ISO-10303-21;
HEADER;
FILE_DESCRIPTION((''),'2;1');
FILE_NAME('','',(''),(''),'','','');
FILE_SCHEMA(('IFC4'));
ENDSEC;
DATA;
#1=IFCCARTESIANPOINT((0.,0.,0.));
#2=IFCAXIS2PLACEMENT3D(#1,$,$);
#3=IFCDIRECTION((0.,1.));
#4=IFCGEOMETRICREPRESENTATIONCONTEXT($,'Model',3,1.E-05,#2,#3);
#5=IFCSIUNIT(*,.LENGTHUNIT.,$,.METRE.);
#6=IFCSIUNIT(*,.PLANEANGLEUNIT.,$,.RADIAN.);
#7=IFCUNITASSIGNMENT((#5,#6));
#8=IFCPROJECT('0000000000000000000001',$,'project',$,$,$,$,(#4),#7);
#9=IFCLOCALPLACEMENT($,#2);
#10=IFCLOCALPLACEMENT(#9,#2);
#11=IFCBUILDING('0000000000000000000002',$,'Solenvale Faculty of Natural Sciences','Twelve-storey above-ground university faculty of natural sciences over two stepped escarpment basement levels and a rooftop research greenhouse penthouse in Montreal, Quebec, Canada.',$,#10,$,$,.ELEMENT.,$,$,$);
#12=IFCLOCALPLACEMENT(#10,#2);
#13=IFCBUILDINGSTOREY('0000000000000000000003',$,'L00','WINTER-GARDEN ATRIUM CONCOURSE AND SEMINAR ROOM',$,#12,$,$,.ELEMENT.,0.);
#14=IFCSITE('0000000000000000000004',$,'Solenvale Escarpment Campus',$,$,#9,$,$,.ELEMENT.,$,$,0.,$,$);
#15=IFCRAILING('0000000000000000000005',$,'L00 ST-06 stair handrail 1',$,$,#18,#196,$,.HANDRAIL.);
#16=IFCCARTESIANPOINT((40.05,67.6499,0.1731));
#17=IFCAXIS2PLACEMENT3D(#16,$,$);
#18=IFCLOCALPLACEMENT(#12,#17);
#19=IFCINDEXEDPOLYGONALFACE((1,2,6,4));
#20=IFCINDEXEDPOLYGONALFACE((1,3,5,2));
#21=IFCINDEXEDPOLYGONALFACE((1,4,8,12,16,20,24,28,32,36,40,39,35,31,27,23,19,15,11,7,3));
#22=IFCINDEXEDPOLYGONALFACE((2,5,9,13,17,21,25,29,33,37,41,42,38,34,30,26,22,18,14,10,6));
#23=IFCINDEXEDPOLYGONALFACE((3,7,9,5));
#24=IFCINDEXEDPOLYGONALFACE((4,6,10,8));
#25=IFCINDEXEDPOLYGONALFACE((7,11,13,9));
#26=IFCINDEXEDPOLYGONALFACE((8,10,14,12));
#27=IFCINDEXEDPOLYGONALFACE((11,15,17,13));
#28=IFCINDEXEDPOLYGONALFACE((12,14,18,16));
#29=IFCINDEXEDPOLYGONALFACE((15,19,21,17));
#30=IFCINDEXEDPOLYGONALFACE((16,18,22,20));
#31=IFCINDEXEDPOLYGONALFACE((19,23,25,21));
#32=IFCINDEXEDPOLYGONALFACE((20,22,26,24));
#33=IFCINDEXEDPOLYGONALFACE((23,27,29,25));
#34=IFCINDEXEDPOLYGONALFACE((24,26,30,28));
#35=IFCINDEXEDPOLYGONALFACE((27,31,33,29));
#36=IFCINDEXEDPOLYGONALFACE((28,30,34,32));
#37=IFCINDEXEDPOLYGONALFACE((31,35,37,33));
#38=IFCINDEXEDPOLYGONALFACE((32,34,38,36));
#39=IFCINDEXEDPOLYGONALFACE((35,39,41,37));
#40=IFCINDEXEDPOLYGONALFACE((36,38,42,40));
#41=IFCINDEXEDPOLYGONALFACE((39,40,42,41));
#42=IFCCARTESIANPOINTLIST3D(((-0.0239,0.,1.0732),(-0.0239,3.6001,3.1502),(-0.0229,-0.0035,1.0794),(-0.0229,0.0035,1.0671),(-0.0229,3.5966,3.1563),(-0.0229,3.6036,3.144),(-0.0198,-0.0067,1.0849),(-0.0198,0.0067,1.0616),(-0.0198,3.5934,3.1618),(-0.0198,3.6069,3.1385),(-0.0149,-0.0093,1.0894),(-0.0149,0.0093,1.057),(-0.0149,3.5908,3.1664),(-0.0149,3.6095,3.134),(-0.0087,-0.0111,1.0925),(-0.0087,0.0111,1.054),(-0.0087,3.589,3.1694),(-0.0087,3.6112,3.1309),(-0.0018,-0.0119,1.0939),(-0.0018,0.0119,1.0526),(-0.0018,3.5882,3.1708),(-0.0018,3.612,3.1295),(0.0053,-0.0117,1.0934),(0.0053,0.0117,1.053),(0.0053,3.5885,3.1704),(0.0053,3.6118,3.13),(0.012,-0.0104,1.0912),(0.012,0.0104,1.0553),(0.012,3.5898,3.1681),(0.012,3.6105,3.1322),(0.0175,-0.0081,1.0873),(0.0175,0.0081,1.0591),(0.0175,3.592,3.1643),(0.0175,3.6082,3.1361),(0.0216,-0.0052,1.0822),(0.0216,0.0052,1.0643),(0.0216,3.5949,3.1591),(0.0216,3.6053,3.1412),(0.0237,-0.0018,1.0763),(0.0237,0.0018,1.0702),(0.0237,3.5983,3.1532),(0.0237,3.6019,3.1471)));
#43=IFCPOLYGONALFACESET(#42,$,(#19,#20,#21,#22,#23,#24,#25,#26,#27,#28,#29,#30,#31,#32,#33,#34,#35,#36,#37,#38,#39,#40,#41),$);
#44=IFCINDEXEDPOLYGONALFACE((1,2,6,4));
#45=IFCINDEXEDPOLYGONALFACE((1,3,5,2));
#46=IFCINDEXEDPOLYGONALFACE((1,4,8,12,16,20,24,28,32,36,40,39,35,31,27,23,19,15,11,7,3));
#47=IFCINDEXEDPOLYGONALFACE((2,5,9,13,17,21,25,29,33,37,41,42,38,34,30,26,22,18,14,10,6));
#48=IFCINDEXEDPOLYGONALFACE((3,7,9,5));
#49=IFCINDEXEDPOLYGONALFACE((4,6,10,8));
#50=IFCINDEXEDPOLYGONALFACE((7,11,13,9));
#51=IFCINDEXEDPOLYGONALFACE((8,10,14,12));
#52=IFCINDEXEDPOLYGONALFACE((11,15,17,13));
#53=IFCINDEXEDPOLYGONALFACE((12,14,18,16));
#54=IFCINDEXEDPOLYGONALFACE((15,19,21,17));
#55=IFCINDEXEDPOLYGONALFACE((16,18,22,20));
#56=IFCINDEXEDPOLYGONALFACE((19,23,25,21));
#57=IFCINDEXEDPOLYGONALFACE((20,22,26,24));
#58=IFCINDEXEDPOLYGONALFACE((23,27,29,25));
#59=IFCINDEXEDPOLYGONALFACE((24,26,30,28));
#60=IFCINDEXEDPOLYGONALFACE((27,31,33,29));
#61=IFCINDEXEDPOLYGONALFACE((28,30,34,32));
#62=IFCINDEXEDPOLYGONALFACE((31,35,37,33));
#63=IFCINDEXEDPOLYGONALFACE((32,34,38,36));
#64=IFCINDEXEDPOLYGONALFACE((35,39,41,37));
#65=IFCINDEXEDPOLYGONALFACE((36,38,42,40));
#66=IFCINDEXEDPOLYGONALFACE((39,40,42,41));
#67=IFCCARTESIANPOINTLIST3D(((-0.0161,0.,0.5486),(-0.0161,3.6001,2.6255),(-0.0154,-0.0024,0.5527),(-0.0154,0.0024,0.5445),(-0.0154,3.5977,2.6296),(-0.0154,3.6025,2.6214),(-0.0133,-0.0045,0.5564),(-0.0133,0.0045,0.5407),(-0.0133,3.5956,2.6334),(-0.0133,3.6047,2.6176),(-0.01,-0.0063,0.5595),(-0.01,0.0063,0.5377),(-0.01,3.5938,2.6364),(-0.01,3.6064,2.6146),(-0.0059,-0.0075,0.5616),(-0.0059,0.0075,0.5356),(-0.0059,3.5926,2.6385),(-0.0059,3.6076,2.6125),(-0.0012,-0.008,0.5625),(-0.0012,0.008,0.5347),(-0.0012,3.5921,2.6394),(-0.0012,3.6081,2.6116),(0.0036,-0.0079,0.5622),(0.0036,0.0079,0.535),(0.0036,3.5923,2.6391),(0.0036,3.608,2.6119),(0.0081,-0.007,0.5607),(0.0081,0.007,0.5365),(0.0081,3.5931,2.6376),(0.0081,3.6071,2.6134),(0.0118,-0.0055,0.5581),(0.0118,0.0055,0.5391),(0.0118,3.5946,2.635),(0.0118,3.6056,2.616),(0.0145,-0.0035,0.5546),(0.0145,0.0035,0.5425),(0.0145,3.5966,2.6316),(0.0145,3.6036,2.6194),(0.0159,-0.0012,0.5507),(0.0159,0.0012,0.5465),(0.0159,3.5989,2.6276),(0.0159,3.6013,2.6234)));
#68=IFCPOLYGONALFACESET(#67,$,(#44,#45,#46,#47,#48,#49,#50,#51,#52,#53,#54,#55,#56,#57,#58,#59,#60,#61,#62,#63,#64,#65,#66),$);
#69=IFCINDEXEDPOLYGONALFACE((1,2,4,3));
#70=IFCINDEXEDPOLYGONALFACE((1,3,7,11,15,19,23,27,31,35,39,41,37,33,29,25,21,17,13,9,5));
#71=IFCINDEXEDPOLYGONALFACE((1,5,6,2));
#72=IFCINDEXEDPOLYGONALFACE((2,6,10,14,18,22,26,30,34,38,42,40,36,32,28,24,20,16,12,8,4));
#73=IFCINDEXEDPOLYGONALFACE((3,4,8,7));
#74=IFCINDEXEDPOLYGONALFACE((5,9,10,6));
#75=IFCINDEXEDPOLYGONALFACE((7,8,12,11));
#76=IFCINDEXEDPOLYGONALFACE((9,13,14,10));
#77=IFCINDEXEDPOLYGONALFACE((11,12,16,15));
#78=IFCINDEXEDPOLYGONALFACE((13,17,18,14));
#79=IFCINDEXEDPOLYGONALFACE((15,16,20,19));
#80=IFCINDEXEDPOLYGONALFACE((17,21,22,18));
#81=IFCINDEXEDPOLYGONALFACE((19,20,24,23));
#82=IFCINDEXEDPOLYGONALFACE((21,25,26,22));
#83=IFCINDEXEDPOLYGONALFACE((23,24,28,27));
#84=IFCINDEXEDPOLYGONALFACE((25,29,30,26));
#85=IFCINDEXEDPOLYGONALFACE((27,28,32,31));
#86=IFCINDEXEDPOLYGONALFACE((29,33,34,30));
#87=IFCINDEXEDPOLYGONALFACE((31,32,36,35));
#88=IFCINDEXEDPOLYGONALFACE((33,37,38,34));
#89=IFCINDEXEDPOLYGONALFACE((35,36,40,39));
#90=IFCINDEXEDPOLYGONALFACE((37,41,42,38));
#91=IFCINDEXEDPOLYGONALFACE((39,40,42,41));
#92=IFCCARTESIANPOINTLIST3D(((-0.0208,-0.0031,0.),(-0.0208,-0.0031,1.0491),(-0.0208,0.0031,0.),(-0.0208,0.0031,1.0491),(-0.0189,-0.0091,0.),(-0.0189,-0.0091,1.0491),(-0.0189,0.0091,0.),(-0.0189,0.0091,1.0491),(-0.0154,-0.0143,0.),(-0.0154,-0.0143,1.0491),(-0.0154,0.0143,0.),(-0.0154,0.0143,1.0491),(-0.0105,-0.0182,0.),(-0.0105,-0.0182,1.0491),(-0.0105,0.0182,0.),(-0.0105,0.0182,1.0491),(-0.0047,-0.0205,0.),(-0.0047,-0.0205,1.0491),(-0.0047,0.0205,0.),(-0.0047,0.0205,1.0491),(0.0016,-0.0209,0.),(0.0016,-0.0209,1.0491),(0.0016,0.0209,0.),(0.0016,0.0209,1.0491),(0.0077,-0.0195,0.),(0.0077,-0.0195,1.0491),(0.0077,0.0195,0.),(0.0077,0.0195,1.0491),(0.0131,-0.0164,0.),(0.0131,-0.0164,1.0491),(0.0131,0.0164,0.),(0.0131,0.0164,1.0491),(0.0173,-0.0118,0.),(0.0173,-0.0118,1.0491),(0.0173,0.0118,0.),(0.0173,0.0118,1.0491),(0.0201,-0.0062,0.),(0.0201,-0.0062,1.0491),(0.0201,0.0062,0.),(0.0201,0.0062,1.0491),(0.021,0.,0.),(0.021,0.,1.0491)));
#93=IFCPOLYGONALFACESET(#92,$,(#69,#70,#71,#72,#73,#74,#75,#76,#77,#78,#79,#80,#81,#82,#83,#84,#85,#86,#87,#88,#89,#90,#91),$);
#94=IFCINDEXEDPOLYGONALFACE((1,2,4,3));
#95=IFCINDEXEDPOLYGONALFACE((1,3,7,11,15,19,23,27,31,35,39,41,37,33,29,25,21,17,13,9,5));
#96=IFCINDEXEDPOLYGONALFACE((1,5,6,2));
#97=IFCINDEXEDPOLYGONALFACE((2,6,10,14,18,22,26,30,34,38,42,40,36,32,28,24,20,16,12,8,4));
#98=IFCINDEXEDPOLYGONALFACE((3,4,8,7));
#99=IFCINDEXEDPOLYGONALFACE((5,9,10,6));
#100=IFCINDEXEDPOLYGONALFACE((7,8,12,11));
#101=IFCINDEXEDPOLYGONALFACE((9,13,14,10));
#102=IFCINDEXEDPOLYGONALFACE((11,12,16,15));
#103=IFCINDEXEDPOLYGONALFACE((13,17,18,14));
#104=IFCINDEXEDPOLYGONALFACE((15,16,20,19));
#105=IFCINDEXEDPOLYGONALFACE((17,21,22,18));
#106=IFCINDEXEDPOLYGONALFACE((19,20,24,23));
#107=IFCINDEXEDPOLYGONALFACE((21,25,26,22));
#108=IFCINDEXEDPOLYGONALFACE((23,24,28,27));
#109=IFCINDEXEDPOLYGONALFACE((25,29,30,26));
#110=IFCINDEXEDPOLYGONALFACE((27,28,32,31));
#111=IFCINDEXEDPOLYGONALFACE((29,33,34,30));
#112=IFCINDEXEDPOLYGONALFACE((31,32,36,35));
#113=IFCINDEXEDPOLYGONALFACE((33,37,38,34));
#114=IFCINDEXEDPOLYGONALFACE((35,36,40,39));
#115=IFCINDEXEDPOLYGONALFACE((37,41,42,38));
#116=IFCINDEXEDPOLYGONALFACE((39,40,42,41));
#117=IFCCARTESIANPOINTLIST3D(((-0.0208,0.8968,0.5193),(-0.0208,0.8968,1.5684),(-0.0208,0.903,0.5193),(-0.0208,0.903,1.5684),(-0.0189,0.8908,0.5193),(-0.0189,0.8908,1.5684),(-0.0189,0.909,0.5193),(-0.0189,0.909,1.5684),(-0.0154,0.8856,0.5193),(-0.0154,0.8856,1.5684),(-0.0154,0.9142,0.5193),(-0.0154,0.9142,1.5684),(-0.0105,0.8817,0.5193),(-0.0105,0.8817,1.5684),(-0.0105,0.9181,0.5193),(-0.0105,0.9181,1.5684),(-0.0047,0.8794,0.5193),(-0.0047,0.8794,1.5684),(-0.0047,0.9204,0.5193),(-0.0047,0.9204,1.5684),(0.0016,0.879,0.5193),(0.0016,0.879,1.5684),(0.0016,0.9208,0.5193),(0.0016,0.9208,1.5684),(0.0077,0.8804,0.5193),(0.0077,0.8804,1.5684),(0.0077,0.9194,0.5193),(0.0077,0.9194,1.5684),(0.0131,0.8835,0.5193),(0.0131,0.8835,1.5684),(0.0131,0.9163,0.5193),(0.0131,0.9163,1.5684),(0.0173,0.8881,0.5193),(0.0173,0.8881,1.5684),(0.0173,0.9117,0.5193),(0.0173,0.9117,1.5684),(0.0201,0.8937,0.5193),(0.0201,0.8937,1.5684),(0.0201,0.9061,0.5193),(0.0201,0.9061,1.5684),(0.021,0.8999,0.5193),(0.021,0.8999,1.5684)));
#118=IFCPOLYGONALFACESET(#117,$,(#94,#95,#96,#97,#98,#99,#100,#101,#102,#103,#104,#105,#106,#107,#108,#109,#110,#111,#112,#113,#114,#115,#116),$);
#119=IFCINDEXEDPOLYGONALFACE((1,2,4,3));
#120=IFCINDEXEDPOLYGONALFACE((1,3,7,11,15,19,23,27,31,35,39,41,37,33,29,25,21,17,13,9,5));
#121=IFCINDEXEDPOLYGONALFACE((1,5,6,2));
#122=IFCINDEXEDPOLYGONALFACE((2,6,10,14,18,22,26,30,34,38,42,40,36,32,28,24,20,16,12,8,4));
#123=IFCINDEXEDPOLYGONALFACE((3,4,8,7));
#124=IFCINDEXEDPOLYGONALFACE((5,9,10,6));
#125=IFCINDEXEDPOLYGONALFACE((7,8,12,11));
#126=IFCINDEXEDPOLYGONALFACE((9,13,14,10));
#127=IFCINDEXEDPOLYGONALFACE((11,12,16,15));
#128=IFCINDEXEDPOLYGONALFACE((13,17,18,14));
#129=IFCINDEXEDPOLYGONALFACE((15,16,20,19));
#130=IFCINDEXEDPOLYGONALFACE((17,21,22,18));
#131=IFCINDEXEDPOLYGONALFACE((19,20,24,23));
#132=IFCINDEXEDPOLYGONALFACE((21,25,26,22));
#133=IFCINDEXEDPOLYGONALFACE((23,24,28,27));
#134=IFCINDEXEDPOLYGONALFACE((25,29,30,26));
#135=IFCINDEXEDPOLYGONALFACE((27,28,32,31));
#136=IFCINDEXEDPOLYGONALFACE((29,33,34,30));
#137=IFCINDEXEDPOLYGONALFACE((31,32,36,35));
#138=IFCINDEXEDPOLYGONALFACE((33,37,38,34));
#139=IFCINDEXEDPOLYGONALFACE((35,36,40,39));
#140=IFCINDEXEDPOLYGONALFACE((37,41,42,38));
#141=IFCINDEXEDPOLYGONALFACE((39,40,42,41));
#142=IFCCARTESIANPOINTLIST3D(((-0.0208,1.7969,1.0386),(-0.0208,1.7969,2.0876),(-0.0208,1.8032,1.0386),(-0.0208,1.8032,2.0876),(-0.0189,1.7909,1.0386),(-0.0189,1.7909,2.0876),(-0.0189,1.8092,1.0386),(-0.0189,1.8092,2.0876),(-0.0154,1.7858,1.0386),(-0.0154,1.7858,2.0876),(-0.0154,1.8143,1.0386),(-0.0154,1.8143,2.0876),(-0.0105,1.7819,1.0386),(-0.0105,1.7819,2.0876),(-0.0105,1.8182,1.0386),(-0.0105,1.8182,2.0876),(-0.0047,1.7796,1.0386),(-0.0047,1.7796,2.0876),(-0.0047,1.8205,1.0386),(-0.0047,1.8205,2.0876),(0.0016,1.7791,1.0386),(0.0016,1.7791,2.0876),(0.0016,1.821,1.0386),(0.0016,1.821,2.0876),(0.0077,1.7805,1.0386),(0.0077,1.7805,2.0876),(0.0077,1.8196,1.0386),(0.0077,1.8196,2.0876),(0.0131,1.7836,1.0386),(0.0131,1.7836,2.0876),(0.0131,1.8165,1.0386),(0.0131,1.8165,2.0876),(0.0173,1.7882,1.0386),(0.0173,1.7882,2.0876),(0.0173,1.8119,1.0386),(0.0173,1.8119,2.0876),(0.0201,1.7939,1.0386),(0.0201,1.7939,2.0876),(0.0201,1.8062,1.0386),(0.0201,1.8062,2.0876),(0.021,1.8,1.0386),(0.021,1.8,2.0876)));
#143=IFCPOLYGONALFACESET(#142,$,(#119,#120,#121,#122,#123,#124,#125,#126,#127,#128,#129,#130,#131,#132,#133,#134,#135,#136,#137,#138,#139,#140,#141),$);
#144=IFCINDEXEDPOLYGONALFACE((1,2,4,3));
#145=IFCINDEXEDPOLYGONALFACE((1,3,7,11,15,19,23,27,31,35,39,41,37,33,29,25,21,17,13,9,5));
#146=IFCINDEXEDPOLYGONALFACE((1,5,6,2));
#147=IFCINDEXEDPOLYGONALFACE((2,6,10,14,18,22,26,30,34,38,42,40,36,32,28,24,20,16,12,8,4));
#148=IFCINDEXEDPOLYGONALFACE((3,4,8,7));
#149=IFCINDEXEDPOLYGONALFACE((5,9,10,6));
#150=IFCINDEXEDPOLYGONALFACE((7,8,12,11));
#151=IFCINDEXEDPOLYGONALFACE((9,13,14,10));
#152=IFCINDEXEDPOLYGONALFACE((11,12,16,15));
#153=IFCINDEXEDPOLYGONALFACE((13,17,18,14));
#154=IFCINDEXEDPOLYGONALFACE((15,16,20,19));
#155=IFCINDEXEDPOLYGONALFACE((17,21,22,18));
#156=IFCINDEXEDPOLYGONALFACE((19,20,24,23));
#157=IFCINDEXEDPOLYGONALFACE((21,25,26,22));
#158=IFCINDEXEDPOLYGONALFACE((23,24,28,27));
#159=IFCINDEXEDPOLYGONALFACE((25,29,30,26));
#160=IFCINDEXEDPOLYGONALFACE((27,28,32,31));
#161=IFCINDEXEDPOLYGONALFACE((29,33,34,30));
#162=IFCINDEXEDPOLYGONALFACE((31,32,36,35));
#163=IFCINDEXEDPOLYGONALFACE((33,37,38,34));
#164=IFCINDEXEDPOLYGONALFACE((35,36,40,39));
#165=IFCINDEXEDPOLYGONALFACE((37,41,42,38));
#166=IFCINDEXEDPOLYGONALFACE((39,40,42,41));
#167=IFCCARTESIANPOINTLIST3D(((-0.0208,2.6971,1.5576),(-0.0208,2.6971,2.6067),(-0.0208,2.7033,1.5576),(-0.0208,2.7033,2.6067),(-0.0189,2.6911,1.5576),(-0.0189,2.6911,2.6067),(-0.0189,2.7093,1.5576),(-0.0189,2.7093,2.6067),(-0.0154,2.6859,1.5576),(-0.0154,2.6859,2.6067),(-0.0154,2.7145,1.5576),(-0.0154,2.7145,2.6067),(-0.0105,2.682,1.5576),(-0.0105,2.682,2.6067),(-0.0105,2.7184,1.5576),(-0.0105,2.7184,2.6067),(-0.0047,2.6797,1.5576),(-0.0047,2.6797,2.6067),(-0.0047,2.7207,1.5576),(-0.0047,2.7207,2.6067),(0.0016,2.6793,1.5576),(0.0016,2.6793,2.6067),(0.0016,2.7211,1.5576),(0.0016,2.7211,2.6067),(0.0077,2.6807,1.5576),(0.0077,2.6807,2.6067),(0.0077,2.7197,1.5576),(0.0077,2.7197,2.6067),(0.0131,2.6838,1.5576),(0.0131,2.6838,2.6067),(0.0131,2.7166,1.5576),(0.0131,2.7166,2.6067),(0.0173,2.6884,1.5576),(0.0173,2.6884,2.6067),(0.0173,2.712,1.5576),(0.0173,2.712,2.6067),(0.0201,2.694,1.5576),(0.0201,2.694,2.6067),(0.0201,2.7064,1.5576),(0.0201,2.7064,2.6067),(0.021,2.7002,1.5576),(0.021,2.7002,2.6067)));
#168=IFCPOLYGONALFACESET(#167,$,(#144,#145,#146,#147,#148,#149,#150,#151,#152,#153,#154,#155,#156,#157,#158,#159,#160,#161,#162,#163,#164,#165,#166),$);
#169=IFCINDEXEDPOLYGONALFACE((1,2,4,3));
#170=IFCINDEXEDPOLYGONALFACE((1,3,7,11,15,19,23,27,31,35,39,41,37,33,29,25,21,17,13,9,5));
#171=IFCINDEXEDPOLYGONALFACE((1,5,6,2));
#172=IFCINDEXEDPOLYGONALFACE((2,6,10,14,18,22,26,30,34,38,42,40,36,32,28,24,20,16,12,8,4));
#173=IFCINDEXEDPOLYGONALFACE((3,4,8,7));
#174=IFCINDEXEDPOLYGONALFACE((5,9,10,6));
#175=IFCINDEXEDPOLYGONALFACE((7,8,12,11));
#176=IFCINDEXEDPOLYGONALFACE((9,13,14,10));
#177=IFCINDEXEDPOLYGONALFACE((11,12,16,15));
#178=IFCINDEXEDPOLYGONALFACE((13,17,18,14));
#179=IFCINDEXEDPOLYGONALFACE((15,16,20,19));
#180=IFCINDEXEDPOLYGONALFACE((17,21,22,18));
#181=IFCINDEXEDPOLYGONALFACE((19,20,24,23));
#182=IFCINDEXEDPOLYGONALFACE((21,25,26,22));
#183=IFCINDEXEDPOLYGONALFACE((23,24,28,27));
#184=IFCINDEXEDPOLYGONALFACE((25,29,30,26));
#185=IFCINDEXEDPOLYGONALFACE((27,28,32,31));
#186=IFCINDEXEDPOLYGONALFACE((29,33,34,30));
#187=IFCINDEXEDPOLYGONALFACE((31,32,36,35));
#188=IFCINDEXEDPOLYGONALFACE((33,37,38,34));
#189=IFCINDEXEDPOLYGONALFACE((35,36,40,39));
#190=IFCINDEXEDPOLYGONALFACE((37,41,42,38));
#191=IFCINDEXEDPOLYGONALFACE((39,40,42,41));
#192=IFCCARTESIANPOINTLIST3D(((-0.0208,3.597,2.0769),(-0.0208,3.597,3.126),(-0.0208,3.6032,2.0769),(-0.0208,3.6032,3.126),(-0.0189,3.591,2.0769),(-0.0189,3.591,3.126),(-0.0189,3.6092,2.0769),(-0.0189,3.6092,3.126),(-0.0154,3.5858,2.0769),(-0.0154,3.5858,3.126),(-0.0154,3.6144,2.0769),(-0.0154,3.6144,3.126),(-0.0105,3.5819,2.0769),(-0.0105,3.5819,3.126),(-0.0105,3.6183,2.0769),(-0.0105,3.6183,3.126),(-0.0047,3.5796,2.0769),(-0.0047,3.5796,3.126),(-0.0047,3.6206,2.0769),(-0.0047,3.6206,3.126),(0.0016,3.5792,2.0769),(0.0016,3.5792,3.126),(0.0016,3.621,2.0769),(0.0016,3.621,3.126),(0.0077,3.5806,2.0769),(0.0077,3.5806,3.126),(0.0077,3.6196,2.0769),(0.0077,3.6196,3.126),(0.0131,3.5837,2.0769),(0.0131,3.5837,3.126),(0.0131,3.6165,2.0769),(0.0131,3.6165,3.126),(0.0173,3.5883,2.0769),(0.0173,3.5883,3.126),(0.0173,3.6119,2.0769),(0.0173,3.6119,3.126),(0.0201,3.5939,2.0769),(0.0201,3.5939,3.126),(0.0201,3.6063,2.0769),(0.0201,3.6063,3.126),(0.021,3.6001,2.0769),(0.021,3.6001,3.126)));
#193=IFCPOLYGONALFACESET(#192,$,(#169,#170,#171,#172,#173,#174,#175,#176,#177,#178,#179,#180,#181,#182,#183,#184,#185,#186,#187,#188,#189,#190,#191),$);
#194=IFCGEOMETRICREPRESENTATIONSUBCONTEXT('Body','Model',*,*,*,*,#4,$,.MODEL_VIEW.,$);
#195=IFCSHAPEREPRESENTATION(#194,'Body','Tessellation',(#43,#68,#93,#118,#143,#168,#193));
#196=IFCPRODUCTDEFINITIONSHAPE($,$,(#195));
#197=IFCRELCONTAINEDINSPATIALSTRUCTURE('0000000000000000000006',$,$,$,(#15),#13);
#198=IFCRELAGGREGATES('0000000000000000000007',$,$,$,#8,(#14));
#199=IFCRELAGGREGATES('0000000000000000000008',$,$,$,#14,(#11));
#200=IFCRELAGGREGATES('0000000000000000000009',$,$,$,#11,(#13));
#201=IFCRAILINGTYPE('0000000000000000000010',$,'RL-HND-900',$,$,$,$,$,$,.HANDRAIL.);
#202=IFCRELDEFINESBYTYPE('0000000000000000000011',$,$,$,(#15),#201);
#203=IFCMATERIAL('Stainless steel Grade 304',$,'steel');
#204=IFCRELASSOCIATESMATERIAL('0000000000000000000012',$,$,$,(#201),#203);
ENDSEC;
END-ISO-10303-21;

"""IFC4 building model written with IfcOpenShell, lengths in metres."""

from ifc_helpers import new_model, si_unit, direction, frame, origin, origin_2d, place, context, subcontext, project, spatial, circle, extrude, material, type_object, element, save


model = new_model("IFC4")

# Units and contexts
model_context = context("Model", 3, precision=1e-05, world=origin(), true_north=direction((0.0, 1.0)))
body_context = subcontext(model_context, "Body", "Model", "MODEL_VIEW")
ifc_project = project(units=[si_unit("LENGTHUNIT", "METRE"), si_unit("PLANEANGLEUNIT", "RADIAN")], contexts=[model_context])

# Site, building, storey
site_placement = place(None, origin())
site = spatial("IfcSite", under=ifc_project, at=site_placement, Name="Solenvale Escarpment Campus", CompositionType="ELEMENT", RefElevation=0.0)
building_placement = place(site_placement, origin())
building = spatial("IfcBuilding", under=site, at=building_placement, Name="Solenvale Faculty of Natural Sciences", Description="Twelve-storey above-ground university faculty of natural sciences over two stepped escarpment basement levels and a rooftop research greenhouse penthouse in Montreal, Quebec, Canada.", CompositionType="ELEMENT")
storey_placement = place(building_placement, origin())
storey = spatial("IfcBuildingStorey", under=building, at=storey_placement, Name="L00", Description="WINTER-GARDEN ATRIUM CONCOURSE AND SEMINAR ROOM", CompositionType="ELEMENT", Elevation=0.0)

# Railing
ifc_material_1 = material(Name="Stainless steel Grade 304", Category="steel")
railing_type_1 = type_object("IfcRailingType", Name="RL-HND-900", PredefinedType="HANDRAIL", material=ifc_material_1)
railing_1_placement = place(storey_placement, frame((40.05, 67.6499, 0.1731)))
element("IfcRailing", 1, at=railing_1_placement, inside=storey, type_object=railing_type_1, Name="L00 ST-06 stair handrail 1", PredefinedType="HANDRAIL", context=body_context, shape_type="SweptSolid", body=[
    extrude(circle(Radius=0.0239, at=origin_2d()), frame((0.0, 0.0, 1.0732), z_axis=(0.0, 0.866193, 0.499709), x_axis=(-1.0, 0.0, 0.0)), (0.0, 0.0, 1.0), 4.1562),
    extrude(circle(Radius=0.0161, at=origin_2d()), frame((0.0, 0.0, 0.5486), z_axis=(0.0, 0.866193, 0.499709), x_axis=(-1.0, 0.0, 0.0)), (0.0, 0.0, 1.0), 4.1562),
    extrude(circle(Radius=0.021, at=origin_2d()), origin(), (0.0, 0.0, 1.0), 1.0491),
    extrude(circle(Radius=0.021, at=origin_2d()), frame((0.0, 0.8999, 0.5193)), (0.0, 0.0, 1.0), 1.0491),
    extrude(circle(Radius=0.021, at=origin_2d()), frame((0.0, 1.8, 1.0386)), (0.0, 0.0, 1.0), 1.0491),
    extrude(circle(Radius=0.021, at=origin_2d()), frame((0.0, 2.7002, 1.5576)), (0.0, 0.0, 1.0), 1.0491),
    extrude(circle(Radius=0.021, at=origin_2d()), frame((0.0, 3.6001, 2.0769)), (0.0, 0.0, 1.0), 1.0491),
])

save(model, "model.ifc")
